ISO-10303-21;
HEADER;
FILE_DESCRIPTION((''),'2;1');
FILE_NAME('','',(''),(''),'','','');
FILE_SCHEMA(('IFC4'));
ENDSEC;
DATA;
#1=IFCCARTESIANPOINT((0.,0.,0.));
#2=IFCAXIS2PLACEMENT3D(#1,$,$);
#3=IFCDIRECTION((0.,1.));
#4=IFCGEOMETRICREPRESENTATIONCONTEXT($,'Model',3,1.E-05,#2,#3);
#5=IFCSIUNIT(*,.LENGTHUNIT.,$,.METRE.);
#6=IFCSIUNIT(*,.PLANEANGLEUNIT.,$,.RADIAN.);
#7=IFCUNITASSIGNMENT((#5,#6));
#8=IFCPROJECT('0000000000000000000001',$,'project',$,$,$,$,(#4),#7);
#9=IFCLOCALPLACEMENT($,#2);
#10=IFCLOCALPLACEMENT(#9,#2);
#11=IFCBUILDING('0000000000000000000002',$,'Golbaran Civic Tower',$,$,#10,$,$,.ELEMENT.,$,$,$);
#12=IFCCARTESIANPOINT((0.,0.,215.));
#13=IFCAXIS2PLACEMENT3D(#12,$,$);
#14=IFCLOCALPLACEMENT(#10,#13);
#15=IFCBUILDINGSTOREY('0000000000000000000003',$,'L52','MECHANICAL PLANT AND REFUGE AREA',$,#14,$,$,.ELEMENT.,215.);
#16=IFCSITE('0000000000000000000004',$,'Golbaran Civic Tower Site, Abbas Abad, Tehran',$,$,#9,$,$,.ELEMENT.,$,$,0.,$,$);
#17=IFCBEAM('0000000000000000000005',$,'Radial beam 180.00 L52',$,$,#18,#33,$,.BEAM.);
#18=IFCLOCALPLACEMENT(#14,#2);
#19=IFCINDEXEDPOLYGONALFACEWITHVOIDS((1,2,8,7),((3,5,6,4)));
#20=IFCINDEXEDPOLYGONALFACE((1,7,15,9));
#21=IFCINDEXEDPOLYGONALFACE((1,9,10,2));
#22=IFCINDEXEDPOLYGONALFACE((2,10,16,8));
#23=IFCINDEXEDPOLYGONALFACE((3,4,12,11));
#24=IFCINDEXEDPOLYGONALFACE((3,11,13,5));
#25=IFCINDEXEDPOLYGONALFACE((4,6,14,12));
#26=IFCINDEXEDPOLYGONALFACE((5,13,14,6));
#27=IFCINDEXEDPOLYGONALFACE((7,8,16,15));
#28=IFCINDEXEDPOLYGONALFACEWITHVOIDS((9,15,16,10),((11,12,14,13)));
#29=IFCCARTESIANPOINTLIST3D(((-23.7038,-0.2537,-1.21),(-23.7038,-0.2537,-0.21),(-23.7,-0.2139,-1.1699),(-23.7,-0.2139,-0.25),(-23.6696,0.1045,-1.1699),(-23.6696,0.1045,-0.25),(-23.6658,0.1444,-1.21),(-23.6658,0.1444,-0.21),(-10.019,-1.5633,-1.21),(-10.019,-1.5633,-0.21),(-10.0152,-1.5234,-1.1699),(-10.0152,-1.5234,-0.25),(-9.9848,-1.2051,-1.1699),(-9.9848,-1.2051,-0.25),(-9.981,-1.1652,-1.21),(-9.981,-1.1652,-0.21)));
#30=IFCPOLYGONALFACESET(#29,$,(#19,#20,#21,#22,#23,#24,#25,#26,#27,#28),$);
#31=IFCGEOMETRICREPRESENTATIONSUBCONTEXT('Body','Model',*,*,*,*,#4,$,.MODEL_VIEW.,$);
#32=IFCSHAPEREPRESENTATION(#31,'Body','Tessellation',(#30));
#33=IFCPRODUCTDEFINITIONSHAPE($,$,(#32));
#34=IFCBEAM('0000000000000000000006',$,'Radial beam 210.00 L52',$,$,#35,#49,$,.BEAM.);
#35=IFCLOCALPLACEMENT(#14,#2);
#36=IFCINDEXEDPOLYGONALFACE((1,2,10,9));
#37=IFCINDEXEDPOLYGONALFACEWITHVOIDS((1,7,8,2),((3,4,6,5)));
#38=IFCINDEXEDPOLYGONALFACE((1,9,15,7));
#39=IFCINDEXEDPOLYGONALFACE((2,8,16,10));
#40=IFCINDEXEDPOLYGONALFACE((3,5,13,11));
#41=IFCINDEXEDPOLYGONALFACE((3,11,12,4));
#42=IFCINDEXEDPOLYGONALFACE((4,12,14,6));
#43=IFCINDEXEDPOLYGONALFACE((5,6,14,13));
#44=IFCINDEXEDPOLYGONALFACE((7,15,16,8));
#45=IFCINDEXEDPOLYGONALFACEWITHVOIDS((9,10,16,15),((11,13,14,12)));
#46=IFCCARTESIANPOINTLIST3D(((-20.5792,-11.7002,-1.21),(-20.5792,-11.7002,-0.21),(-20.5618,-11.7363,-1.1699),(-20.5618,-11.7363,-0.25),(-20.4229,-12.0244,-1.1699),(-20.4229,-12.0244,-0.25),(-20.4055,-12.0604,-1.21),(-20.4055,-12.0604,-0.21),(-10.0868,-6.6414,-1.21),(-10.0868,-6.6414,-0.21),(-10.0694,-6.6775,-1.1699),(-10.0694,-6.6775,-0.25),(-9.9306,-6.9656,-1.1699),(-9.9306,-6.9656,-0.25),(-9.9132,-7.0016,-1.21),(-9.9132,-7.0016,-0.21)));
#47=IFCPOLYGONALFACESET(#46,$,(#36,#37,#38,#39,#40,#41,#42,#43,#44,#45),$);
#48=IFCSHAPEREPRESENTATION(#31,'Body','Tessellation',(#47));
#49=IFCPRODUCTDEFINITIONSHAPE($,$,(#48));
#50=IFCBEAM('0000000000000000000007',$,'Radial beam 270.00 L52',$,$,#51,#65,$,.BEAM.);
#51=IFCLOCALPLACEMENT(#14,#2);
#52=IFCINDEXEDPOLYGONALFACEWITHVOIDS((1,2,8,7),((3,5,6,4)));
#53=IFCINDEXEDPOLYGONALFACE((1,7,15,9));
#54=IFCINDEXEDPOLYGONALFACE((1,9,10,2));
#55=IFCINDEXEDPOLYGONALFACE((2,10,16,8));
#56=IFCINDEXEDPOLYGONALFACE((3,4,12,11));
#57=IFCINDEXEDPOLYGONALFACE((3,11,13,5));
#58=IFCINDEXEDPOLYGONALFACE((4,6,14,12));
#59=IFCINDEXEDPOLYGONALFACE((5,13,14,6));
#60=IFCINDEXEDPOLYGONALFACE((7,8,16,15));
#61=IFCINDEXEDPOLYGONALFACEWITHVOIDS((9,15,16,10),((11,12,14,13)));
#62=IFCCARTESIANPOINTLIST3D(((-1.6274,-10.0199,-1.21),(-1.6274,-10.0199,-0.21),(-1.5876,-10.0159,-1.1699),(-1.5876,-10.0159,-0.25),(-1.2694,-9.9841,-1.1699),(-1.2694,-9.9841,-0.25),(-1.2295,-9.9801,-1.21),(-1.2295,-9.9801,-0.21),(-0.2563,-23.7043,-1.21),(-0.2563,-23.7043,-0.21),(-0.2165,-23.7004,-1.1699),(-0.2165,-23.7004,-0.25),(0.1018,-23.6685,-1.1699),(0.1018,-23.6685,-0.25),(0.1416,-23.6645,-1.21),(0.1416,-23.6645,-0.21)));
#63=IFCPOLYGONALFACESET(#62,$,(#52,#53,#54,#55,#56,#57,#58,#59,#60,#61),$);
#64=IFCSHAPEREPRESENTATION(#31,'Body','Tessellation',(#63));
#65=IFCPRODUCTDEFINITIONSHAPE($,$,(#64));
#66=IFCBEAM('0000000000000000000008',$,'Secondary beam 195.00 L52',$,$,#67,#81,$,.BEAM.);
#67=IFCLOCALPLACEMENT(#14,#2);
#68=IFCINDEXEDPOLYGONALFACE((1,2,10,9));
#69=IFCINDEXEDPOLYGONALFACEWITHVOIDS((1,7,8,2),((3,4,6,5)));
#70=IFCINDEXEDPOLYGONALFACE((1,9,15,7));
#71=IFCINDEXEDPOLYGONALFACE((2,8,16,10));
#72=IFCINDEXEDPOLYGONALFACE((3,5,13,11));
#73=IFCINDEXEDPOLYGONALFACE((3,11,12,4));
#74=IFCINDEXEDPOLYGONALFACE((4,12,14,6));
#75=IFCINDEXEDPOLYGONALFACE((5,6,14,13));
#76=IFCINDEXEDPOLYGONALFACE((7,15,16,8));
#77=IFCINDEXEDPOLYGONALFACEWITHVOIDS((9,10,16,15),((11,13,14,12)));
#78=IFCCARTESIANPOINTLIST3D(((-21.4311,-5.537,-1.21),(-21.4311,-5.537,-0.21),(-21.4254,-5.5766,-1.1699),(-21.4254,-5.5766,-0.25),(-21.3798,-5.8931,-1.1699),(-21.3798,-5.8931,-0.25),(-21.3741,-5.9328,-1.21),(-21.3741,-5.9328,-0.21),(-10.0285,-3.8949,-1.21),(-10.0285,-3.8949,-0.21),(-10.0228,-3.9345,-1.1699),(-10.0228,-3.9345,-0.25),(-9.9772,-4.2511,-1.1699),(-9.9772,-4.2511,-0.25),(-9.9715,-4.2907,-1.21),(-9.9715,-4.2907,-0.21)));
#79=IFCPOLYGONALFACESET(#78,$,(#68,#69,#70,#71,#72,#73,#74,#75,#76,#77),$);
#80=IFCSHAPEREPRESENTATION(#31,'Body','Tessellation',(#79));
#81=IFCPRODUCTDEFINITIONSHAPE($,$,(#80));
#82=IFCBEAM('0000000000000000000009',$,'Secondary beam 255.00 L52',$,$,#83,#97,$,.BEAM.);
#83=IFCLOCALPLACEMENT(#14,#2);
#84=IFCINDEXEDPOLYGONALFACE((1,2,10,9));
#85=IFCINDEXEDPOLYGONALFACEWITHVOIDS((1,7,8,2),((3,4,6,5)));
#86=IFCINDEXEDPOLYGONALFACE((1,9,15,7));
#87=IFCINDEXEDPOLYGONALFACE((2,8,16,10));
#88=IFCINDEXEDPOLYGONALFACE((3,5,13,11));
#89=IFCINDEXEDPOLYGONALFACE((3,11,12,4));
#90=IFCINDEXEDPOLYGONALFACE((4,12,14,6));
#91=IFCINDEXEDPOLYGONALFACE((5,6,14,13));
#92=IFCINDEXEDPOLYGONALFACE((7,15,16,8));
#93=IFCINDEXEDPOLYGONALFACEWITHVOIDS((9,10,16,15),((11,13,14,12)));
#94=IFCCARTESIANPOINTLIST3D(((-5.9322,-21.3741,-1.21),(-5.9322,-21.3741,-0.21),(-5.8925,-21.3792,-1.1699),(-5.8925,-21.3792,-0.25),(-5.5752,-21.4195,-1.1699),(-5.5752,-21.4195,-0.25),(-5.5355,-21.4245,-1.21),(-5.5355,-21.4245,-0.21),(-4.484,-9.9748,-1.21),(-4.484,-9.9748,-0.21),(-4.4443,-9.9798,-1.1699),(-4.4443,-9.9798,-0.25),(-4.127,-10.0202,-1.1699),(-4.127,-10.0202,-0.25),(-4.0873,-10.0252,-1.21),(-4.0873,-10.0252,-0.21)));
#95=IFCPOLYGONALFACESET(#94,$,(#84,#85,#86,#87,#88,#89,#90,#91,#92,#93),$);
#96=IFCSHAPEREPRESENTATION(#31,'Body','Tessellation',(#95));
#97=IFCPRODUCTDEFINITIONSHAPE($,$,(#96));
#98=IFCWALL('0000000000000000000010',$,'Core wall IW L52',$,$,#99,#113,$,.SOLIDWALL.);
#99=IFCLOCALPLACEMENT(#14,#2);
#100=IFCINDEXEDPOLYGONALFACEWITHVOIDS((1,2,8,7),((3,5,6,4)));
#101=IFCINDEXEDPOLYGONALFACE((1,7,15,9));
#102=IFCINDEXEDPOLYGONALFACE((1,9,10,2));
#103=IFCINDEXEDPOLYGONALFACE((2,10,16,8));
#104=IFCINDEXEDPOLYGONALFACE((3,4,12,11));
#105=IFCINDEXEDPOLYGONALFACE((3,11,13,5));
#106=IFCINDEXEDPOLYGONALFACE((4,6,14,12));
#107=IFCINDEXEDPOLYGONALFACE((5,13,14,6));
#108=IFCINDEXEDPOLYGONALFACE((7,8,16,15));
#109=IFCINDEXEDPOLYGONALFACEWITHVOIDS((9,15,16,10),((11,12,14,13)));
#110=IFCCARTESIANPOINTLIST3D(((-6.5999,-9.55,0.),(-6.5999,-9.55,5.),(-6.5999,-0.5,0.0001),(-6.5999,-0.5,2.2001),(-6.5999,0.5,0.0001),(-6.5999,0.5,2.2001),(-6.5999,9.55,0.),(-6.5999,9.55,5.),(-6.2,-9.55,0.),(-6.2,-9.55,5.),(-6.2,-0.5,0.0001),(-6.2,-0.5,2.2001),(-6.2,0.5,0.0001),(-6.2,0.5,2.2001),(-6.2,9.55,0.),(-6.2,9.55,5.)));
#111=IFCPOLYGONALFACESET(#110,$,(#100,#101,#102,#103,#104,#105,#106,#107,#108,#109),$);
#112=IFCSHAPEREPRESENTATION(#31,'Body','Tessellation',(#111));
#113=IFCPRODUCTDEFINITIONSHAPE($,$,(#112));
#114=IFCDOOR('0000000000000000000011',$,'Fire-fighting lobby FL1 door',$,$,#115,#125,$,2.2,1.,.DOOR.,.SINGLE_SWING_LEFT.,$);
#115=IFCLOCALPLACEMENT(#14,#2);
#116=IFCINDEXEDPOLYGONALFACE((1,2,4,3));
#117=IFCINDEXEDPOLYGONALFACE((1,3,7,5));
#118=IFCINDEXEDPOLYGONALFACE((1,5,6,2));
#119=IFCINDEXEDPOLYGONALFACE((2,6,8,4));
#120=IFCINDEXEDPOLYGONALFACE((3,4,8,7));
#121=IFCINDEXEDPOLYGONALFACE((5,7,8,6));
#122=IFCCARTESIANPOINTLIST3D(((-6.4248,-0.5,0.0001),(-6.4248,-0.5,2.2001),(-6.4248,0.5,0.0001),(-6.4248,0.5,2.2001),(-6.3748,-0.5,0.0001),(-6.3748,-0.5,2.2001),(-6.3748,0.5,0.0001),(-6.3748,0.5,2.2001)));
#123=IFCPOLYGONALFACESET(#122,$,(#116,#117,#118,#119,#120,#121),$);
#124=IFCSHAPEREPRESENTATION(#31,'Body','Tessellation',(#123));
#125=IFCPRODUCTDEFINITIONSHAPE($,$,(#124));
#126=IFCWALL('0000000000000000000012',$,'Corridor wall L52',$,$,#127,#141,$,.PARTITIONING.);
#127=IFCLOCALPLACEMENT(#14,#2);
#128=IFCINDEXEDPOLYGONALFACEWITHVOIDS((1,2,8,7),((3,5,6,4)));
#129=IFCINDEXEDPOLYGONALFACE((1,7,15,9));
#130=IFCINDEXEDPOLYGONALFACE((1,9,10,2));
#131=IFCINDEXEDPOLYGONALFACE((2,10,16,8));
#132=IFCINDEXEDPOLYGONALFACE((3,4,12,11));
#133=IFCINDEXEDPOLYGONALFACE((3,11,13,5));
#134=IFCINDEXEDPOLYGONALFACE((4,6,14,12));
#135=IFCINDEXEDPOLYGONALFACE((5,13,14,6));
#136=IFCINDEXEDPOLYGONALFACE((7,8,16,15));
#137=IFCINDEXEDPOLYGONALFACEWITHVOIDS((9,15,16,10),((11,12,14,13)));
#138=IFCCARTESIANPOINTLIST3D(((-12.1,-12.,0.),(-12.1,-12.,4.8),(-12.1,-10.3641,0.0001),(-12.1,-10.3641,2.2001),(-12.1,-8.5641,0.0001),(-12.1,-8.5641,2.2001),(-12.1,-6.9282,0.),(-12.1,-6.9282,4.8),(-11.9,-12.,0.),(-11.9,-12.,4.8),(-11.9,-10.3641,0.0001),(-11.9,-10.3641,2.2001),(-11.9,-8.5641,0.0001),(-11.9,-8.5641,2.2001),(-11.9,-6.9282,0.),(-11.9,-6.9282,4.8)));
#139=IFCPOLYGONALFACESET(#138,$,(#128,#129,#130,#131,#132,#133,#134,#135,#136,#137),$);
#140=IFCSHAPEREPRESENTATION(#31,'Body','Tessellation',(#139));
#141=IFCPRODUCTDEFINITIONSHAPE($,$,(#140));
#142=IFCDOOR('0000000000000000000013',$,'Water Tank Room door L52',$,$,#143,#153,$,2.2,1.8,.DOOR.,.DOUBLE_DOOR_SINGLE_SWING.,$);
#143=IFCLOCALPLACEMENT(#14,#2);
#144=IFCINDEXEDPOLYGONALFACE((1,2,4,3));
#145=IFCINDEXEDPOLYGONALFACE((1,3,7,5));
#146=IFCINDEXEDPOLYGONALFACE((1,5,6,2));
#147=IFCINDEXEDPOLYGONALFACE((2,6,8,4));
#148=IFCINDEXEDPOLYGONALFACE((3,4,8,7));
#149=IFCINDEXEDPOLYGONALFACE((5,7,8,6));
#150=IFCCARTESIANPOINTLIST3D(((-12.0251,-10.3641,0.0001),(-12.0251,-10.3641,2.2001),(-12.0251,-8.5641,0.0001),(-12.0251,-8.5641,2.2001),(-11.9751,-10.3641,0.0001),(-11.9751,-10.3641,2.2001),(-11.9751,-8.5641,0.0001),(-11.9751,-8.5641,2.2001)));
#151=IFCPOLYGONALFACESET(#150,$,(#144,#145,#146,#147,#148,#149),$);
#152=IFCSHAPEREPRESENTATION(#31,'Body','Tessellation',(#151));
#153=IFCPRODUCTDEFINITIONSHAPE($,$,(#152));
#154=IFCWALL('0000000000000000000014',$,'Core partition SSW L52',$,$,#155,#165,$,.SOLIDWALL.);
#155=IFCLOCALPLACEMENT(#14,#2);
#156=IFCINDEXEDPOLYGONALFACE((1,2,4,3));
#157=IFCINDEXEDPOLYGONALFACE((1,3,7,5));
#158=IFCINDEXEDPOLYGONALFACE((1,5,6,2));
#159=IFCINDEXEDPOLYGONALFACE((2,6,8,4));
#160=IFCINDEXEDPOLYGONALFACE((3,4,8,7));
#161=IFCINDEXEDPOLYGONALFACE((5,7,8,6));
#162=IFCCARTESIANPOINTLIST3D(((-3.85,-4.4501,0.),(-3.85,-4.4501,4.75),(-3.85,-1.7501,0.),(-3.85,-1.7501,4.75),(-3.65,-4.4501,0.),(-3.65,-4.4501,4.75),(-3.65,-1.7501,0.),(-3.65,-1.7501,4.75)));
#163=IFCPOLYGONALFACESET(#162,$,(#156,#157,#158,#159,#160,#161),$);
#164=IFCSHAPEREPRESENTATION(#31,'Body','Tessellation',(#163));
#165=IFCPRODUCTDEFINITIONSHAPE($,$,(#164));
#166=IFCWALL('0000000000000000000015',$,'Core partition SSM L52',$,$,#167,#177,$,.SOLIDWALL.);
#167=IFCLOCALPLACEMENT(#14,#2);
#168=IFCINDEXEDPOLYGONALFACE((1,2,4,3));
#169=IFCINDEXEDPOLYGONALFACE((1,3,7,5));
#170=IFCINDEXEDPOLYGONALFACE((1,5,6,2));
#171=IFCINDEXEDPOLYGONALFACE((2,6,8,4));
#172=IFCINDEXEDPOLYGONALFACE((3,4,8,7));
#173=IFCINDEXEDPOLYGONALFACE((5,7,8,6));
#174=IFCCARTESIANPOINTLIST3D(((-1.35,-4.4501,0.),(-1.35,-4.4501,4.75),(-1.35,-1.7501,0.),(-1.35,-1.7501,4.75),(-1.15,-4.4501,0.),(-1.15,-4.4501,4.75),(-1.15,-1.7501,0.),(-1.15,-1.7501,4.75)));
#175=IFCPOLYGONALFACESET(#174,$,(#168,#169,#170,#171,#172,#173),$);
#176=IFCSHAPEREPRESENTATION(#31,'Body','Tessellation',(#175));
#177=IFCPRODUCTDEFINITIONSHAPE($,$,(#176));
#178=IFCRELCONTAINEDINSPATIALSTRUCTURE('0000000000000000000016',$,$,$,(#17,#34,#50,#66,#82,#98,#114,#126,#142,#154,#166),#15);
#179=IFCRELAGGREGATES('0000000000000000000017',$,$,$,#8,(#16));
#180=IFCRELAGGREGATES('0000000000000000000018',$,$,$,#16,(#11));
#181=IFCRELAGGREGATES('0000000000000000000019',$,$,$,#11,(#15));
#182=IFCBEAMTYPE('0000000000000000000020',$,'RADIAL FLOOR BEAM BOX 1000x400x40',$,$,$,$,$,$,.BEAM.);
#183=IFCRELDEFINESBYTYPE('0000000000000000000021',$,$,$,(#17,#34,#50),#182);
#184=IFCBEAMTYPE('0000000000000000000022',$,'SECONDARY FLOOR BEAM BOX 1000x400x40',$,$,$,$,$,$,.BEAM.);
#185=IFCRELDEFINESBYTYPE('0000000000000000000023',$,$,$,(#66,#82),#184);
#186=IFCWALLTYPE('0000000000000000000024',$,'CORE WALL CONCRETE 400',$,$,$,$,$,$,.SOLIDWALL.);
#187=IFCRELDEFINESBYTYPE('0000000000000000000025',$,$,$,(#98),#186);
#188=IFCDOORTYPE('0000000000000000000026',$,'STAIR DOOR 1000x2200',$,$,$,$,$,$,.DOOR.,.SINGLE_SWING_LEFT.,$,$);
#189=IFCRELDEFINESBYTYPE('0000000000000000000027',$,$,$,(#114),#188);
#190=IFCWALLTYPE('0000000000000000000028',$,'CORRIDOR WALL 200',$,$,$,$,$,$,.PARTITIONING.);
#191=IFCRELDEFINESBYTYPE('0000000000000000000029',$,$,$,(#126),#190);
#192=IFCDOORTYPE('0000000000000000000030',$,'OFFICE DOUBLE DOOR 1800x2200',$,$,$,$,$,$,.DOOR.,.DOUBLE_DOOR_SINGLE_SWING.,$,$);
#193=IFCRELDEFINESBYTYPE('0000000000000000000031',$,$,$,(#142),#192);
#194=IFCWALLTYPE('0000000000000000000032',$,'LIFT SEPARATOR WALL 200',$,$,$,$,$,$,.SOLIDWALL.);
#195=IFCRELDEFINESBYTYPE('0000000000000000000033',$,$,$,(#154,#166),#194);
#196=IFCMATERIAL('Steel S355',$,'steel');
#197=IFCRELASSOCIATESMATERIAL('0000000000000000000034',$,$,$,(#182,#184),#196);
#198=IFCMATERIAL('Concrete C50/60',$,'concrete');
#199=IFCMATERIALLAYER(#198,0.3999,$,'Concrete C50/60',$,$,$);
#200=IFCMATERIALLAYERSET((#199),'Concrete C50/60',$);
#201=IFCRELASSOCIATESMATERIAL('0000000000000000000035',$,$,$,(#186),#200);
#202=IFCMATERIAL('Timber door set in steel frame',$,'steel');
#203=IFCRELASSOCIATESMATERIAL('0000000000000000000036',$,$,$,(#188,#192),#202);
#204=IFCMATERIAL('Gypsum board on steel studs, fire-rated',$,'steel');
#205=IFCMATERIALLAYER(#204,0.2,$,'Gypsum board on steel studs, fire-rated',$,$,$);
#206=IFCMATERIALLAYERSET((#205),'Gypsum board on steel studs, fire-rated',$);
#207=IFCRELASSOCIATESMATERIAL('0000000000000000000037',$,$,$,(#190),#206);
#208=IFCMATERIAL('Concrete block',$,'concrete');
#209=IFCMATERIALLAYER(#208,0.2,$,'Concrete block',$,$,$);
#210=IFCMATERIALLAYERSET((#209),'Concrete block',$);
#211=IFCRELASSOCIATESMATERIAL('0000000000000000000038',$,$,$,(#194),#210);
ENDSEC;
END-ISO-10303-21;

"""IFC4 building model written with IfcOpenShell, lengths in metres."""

from ifc_helpers import new_model, si_unit, direction, frame, frame_2d, origin, origin_2d, place, context, subcontext, project, spatial, rectangle, hollow_rectangle, extrude, material, layer, layer_set, material_profile, profile_set, type_object, element, fill, save


model = new_model("IFC4")

# Units and contexts
model_context = context("Model", 3, precision=1e-05, world=origin(), true_north=direction((0.0, 1.0)))
body_context = subcontext(model_context, "Body", "Model", "MODEL_VIEW")
ifc_project = project(units=[si_unit("LENGTHUNIT", "METRE"), si_unit("PLANEANGLEUNIT", "RADIAN")], contexts=[model_context])

# Site, building, storey
site_placement = place(None, origin())
site = spatial("IfcSite", under=ifc_project, at=site_placement, Name="Golbaran Civic Tower Site, Abbas Abad, Tehran", CompositionType="ELEMENT", RefElevation=0.0)
building_placement = place(site_placement, origin())
building = spatial("IfcBuilding", under=site, at=building_placement, Name="Golbaran Civic Tower", CompositionType="ELEMENT")
storey_placement = place(building_placement, frame((0.0, 0.0, 215.0)))
storey = spatial("IfcBuildingStorey", under=building, at=storey_placement, Name="L52", Description="MECHANICAL PLANT AND REFUGE AREA", CompositionType="ELEMENT", Elevation=215.0)

# Beams
ifc_material_1 = material(Name="Steel S355", Category="steel")
ifc_material_profile_1 = material_profile(ifc_material_1, hollow_rectangle(XDim=0.3999, YDim=1.0, WallThickness=0.04, at=origin_2d()), Name="BOX 1000x400x40")
ifc_profile_set_1 = profile_set([ifc_material_profile_1], Name="Steel S355")
beam_type_1 = type_object("IfcBeamType", Name="RADIAL FLOOR BEAM BOX 1000x400x40", PredefinedType="BEAM", material=ifc_profile_set_1)
beam_1_placement = place(storey_placement, frame((-10.0, -1.3643, -0.71), z_axis=(-0.995452, 0.09526, 0.0), x_axis=(-0.09526, -0.995452, 0.0)))
element("IfcBeam", 1, at=beam_1_placement, inside=storey, type_object=beam_type_1, Name="Radial beam 180.00 L52", PredefinedType="BEAM", context=body_context, shape_type="SweptSolid", body=[
    extrude(hollow_rectangle(XDim=0.3999, YDim=1.0, WallThickness=0.04, at=origin_2d()), origin(), (0.0, 0.0, 1.0), 13.7473),
])
beam_2_placement = place(storey_placement, frame((-10.0, -6.8215, -0.71), z_axis=(-0.900769, -0.434298, 0.0), x_axis=(0.434298, -0.900769, 0.0)))
element("IfcBeam", 2, at=beam_2_placement, inside=storey, type_object=beam_type_1, Name="Radial beam 210.00 L52", PredefinedType="BEAM", context=body_context, shape_type="SweptSolid", body=[
    extrude(hollow_rectangle(XDim=0.3999, YDim=1.0, WallThickness=0.04, at=origin_2d()), origin(), (0.0, 0.0, 1.0), 11.6482),
])
beam_3_placement = place(storey_placement, frame((-1.4285, -10.0, -0.71), z_axis=(0.099695, -0.995018, 0.0), x_axis=(0.995018, 0.099695, 0.0)))
element("IfcBeam", 3, at=beam_3_placement, inside=storey, type_object=beam_type_1, Name="Radial beam 270.00 L52", PredefinedType="BEAM", context=body_context, shape_type="SweptSolid", body=[
    extrude(hollow_rectangle(XDim=0.3999, YDim=1.0, WallThickness=0.04, at=origin_2d()), origin(), (0.0, 0.0, 1.0), 13.7529),
])
ifc_material_profile_2 = material_profile(ifc_material_1, hollow_rectangle(XDim=0.3999, YDim=1.0, WallThickness=0.04, at=origin_2d()), Name="BOX 1000x400x40")
ifc_profile_set_2 = profile_set([ifc_material_profile_2], Name="Steel S355")
beam_type_2 = type_object("IfcBeamType", Name="SECONDARY FLOOR BEAM BOX 1000x400x40", PredefinedType="BEAM", material=ifc_profile_set_2)
beam_4_placement = place(storey_placement, frame((-10.0, -4.0928, -0.71), z_axis=(-0.989789, -0.14254, 0.0), x_axis=(0.14254, -0.989789, 0.0)))
element("IfcBeam", 4, at=beam_4_placement, inside=storey, type_object=beam_type_2, Name="Secondary beam 195.00 L52", PredefinedType="BEAM", context=body_context, shape_type="SweptSolid", body=[
    extrude(hollow_rectangle(XDim=0.3999, YDim=1.0, WallThickness=0.04, at=origin_2d()), origin(), (0.0, 0.0, 1.0), 11.5203),
])
beam_5_placement = place(storey_placement, frame((-4.2856, -10.0, -0.71), z_axis=(-0.126032, -0.992026, 0.0), x_axis=(0.992026, -0.126032, 0.0)))
element("IfcBeam", 5, at=beam_5_placement, inside=storey, type_object=beam_type_2, Name="Secondary beam 255.00 L52", PredefinedType="BEAM", context=body_context, shape_type="SweptSolid", body=[
    extrude(hollow_rectangle(XDim=0.3999, YDim=1.0, WallThickness=0.04, at=origin_2d()), origin(), (0.0, 0.0, 1.0), 11.491),
])

# Walls, openings, doors
ifc_material_2 = material(Name="Concrete C50/60", Category="concrete")
ifc_layer_1 = layer(ifc_material_2, 0.3999, Name="Concrete C50/60")
ifc_layer_set_1 = layer_set([ifc_layer_1], Name="Concrete C50/60")
wall_type_1 = type_object("IfcWallType", Name="CORE WALL CONCRETE 400", PredefinedType="SOLIDWALL", material=ifc_layer_set_1)
wall_1_placement = place(storey_placement, frame((-6.3999, -9.55, 0.0), z_axis=(0.0, 0.0, 1.0), x_axis=(0.0, 1.0, 0.0)))
wall_1 = element("IfcWall", 6, at=wall_1_placement, inside=storey, type_object=wall_type_1, Name="Core wall IW L52", PredefinedType="SOLIDWALL", context=body_context, shape_type="SweptSolid", body=[
    extrude(rectangle(XDim=19.1001, YDim=0.3999, at=frame_2d((9.55, 0.0))), origin(), (0.0, 0.0, 1.0), 5.0),
])
opening_1_placement = place(wall_1_placement, frame((9.05, 0.0, 0.0)))
opening_1 = element("IfcOpeningElement", 7, at=opening_1_placement, cuts=wall_1, PredefinedType="OPENING", context=body_context, shape_type="SweptSolid", body=[
    extrude(rectangle(XDim=1.0, YDim=2.2, at=frame_2d((0.5, 1.1001))), frame((0.0, 0.21, 0.0), z_axis=(0.0, -1.0, 0.0), x_axis=(1.0, 0.0, 0.0)), (0.0, 0.0, 1.0), 0.4199),
])
ifc_material_3 = material(Name="Timber door set in steel frame", Category="steel")
door_type_1 = type_object("IfcDoorType", Name="STAIR DOOR 1000x2200", OperationType="SINGLE_SWING_LEFT", PredefinedType="DOOR", material=ifc_material_3)
door_1_placement = place(opening_1_placement, origin())
door_1 = element("IfcDoor", 8, at=door_1_placement, inside=storey, type_object=door_type_1, Name="Fire-fighting lobby FL1 door", OperationType="SINGLE_SWING_LEFT", OverallHeight=2.2, OverallWidth=1.0, PredefinedType="DOOR", context=body_context, shape_type="SweptSolid", body=[
    extrude(rectangle(XDim=1.0, YDim=2.2, at=frame_2d((0.5, 1.1001))), frame((0.0, 0.0249, 0.0), z_axis=(0.0, -1.0, 0.0), x_axis=(1.0, 0.0, 0.0)), (0.0, 0.0, 1.0), 0.05),
])
fill(opening_1, door_1)
ifc_material_4 = material(Name="Gypsum board on steel studs, fire-rated", Category="steel")
ifc_layer_2 = layer(ifc_material_4, 0.2, Name="Gypsum board on steel studs, fire-rated")
ifc_layer_set_2 = layer_set([ifc_layer_2], Name="Gypsum board on steel studs, fire-rated")
wall_type_2 = type_object("IfcWallType", Name="CORRIDOR WALL 200", PredefinedType="PARTITIONING", material=ifc_layer_set_2)
wall_2_placement = place(storey_placement, frame((-12.0, -6.9282, 0.0), z_axis=(0.0, 0.0, 1.0), x_axis=(0.0, -1.0, 0.0)))
wall_2 = element("IfcWall", 9, at=wall_2_placement, inside=storey, type_object=wall_type_2, Name="Corridor wall L52", PredefinedType="PARTITIONING", context=body_context, shape_type="SweptSolid", body=[
    extrude(rectangle(XDim=5.0718, YDim=0.2, at=frame_2d((2.5359, 0.0))), origin(), (0.0, 0.0, 1.0), 4.8),
])
opening_2_placement = place(wall_2_placement, frame((1.636, 0.0, 0.0)))
opening_2 = element("IfcOpeningElement", 10, at=opening_2_placement, cuts=wall_2, PredefinedType="OPENING", context=body_context, shape_type="SweptSolid", body=[
    extrude(rectangle(XDim=1.8, YDim=2.2, at=frame_2d((0.8999, 1.1001))), frame((0.0, 0.1099, 0.0), z_axis=(0.0, -1.0, 0.0), x_axis=(1.0, 0.0, 0.0)), (0.0, 0.0, 1.0), 0.22),
])
door_type_2 = type_object("IfcDoorType", Name="OFFICE DOUBLE DOOR 1800x2200", OperationType="DOUBLE_DOOR_SINGLE_SWING", PredefinedType="DOOR", material=ifc_material_3)
door_2_placement = place(opening_2_placement, origin())
door_2 = element("IfcDoor", 11, at=door_2_placement, inside=storey, type_object=door_type_2, Name="Water Tank Room door L52", OperationType="DOUBLE_DOOR_SINGLE_SWING", OverallHeight=2.2, OverallWidth=1.8, PredefinedType="DOOR", context=body_context, shape_type="SweptSolid", body=[
    extrude(rectangle(XDim=1.8, YDim=2.2, at=frame_2d((0.8999, 1.1001))), frame((0.0, 0.0249, 0.0), z_axis=(0.0, -1.0, 0.0), x_axis=(1.0, 0.0, 0.0)), (0.0, 0.0, 1.0), 0.05),
])
fill(opening_2, door_2)

# Walls
ifc_material_5 = material(Name="Concrete block", Category="concrete")
ifc_layer_3 = layer(ifc_material_5, 0.2, Name="Concrete block")
ifc_layer_set_3 = layer_set([ifc_layer_3], Name="Concrete block")
wall_type_3 = type_object("IfcWallType", Name="LIFT SEPARATOR WALL 200", PredefinedType="SOLIDWALL", material=ifc_layer_set_3)
for number, where, z_axis, x_axis, name in (
    (12, (-3.75, -1.75, 0.0), (0.0, 0.0, 1.0), (0.0, -1.0, 0.0), "Core partition SSW L52"),
    (13, (-1.25, -1.75, 0.0), (0.0, 0.0, 1.0), (0.0, -1.0, 0.0), "Core partition SSM L52"),
):
    element("IfcWall", number, at=place(storey_placement, frame(where, z_axis=z_axis, x_axis=x_axis)), inside=storey, type_object=wall_type_3, Name=name, PredefinedType="SOLIDWALL", context=body_context, shape_type="SweptSolid", body=[
        extrude(rectangle(XDim=2.7, YDim=0.2, at=frame_2d((1.3501, 0.0))), origin(), (0.0, 0.0, 1.0), 4.75),
    ])

save(model, "model.ifc")
